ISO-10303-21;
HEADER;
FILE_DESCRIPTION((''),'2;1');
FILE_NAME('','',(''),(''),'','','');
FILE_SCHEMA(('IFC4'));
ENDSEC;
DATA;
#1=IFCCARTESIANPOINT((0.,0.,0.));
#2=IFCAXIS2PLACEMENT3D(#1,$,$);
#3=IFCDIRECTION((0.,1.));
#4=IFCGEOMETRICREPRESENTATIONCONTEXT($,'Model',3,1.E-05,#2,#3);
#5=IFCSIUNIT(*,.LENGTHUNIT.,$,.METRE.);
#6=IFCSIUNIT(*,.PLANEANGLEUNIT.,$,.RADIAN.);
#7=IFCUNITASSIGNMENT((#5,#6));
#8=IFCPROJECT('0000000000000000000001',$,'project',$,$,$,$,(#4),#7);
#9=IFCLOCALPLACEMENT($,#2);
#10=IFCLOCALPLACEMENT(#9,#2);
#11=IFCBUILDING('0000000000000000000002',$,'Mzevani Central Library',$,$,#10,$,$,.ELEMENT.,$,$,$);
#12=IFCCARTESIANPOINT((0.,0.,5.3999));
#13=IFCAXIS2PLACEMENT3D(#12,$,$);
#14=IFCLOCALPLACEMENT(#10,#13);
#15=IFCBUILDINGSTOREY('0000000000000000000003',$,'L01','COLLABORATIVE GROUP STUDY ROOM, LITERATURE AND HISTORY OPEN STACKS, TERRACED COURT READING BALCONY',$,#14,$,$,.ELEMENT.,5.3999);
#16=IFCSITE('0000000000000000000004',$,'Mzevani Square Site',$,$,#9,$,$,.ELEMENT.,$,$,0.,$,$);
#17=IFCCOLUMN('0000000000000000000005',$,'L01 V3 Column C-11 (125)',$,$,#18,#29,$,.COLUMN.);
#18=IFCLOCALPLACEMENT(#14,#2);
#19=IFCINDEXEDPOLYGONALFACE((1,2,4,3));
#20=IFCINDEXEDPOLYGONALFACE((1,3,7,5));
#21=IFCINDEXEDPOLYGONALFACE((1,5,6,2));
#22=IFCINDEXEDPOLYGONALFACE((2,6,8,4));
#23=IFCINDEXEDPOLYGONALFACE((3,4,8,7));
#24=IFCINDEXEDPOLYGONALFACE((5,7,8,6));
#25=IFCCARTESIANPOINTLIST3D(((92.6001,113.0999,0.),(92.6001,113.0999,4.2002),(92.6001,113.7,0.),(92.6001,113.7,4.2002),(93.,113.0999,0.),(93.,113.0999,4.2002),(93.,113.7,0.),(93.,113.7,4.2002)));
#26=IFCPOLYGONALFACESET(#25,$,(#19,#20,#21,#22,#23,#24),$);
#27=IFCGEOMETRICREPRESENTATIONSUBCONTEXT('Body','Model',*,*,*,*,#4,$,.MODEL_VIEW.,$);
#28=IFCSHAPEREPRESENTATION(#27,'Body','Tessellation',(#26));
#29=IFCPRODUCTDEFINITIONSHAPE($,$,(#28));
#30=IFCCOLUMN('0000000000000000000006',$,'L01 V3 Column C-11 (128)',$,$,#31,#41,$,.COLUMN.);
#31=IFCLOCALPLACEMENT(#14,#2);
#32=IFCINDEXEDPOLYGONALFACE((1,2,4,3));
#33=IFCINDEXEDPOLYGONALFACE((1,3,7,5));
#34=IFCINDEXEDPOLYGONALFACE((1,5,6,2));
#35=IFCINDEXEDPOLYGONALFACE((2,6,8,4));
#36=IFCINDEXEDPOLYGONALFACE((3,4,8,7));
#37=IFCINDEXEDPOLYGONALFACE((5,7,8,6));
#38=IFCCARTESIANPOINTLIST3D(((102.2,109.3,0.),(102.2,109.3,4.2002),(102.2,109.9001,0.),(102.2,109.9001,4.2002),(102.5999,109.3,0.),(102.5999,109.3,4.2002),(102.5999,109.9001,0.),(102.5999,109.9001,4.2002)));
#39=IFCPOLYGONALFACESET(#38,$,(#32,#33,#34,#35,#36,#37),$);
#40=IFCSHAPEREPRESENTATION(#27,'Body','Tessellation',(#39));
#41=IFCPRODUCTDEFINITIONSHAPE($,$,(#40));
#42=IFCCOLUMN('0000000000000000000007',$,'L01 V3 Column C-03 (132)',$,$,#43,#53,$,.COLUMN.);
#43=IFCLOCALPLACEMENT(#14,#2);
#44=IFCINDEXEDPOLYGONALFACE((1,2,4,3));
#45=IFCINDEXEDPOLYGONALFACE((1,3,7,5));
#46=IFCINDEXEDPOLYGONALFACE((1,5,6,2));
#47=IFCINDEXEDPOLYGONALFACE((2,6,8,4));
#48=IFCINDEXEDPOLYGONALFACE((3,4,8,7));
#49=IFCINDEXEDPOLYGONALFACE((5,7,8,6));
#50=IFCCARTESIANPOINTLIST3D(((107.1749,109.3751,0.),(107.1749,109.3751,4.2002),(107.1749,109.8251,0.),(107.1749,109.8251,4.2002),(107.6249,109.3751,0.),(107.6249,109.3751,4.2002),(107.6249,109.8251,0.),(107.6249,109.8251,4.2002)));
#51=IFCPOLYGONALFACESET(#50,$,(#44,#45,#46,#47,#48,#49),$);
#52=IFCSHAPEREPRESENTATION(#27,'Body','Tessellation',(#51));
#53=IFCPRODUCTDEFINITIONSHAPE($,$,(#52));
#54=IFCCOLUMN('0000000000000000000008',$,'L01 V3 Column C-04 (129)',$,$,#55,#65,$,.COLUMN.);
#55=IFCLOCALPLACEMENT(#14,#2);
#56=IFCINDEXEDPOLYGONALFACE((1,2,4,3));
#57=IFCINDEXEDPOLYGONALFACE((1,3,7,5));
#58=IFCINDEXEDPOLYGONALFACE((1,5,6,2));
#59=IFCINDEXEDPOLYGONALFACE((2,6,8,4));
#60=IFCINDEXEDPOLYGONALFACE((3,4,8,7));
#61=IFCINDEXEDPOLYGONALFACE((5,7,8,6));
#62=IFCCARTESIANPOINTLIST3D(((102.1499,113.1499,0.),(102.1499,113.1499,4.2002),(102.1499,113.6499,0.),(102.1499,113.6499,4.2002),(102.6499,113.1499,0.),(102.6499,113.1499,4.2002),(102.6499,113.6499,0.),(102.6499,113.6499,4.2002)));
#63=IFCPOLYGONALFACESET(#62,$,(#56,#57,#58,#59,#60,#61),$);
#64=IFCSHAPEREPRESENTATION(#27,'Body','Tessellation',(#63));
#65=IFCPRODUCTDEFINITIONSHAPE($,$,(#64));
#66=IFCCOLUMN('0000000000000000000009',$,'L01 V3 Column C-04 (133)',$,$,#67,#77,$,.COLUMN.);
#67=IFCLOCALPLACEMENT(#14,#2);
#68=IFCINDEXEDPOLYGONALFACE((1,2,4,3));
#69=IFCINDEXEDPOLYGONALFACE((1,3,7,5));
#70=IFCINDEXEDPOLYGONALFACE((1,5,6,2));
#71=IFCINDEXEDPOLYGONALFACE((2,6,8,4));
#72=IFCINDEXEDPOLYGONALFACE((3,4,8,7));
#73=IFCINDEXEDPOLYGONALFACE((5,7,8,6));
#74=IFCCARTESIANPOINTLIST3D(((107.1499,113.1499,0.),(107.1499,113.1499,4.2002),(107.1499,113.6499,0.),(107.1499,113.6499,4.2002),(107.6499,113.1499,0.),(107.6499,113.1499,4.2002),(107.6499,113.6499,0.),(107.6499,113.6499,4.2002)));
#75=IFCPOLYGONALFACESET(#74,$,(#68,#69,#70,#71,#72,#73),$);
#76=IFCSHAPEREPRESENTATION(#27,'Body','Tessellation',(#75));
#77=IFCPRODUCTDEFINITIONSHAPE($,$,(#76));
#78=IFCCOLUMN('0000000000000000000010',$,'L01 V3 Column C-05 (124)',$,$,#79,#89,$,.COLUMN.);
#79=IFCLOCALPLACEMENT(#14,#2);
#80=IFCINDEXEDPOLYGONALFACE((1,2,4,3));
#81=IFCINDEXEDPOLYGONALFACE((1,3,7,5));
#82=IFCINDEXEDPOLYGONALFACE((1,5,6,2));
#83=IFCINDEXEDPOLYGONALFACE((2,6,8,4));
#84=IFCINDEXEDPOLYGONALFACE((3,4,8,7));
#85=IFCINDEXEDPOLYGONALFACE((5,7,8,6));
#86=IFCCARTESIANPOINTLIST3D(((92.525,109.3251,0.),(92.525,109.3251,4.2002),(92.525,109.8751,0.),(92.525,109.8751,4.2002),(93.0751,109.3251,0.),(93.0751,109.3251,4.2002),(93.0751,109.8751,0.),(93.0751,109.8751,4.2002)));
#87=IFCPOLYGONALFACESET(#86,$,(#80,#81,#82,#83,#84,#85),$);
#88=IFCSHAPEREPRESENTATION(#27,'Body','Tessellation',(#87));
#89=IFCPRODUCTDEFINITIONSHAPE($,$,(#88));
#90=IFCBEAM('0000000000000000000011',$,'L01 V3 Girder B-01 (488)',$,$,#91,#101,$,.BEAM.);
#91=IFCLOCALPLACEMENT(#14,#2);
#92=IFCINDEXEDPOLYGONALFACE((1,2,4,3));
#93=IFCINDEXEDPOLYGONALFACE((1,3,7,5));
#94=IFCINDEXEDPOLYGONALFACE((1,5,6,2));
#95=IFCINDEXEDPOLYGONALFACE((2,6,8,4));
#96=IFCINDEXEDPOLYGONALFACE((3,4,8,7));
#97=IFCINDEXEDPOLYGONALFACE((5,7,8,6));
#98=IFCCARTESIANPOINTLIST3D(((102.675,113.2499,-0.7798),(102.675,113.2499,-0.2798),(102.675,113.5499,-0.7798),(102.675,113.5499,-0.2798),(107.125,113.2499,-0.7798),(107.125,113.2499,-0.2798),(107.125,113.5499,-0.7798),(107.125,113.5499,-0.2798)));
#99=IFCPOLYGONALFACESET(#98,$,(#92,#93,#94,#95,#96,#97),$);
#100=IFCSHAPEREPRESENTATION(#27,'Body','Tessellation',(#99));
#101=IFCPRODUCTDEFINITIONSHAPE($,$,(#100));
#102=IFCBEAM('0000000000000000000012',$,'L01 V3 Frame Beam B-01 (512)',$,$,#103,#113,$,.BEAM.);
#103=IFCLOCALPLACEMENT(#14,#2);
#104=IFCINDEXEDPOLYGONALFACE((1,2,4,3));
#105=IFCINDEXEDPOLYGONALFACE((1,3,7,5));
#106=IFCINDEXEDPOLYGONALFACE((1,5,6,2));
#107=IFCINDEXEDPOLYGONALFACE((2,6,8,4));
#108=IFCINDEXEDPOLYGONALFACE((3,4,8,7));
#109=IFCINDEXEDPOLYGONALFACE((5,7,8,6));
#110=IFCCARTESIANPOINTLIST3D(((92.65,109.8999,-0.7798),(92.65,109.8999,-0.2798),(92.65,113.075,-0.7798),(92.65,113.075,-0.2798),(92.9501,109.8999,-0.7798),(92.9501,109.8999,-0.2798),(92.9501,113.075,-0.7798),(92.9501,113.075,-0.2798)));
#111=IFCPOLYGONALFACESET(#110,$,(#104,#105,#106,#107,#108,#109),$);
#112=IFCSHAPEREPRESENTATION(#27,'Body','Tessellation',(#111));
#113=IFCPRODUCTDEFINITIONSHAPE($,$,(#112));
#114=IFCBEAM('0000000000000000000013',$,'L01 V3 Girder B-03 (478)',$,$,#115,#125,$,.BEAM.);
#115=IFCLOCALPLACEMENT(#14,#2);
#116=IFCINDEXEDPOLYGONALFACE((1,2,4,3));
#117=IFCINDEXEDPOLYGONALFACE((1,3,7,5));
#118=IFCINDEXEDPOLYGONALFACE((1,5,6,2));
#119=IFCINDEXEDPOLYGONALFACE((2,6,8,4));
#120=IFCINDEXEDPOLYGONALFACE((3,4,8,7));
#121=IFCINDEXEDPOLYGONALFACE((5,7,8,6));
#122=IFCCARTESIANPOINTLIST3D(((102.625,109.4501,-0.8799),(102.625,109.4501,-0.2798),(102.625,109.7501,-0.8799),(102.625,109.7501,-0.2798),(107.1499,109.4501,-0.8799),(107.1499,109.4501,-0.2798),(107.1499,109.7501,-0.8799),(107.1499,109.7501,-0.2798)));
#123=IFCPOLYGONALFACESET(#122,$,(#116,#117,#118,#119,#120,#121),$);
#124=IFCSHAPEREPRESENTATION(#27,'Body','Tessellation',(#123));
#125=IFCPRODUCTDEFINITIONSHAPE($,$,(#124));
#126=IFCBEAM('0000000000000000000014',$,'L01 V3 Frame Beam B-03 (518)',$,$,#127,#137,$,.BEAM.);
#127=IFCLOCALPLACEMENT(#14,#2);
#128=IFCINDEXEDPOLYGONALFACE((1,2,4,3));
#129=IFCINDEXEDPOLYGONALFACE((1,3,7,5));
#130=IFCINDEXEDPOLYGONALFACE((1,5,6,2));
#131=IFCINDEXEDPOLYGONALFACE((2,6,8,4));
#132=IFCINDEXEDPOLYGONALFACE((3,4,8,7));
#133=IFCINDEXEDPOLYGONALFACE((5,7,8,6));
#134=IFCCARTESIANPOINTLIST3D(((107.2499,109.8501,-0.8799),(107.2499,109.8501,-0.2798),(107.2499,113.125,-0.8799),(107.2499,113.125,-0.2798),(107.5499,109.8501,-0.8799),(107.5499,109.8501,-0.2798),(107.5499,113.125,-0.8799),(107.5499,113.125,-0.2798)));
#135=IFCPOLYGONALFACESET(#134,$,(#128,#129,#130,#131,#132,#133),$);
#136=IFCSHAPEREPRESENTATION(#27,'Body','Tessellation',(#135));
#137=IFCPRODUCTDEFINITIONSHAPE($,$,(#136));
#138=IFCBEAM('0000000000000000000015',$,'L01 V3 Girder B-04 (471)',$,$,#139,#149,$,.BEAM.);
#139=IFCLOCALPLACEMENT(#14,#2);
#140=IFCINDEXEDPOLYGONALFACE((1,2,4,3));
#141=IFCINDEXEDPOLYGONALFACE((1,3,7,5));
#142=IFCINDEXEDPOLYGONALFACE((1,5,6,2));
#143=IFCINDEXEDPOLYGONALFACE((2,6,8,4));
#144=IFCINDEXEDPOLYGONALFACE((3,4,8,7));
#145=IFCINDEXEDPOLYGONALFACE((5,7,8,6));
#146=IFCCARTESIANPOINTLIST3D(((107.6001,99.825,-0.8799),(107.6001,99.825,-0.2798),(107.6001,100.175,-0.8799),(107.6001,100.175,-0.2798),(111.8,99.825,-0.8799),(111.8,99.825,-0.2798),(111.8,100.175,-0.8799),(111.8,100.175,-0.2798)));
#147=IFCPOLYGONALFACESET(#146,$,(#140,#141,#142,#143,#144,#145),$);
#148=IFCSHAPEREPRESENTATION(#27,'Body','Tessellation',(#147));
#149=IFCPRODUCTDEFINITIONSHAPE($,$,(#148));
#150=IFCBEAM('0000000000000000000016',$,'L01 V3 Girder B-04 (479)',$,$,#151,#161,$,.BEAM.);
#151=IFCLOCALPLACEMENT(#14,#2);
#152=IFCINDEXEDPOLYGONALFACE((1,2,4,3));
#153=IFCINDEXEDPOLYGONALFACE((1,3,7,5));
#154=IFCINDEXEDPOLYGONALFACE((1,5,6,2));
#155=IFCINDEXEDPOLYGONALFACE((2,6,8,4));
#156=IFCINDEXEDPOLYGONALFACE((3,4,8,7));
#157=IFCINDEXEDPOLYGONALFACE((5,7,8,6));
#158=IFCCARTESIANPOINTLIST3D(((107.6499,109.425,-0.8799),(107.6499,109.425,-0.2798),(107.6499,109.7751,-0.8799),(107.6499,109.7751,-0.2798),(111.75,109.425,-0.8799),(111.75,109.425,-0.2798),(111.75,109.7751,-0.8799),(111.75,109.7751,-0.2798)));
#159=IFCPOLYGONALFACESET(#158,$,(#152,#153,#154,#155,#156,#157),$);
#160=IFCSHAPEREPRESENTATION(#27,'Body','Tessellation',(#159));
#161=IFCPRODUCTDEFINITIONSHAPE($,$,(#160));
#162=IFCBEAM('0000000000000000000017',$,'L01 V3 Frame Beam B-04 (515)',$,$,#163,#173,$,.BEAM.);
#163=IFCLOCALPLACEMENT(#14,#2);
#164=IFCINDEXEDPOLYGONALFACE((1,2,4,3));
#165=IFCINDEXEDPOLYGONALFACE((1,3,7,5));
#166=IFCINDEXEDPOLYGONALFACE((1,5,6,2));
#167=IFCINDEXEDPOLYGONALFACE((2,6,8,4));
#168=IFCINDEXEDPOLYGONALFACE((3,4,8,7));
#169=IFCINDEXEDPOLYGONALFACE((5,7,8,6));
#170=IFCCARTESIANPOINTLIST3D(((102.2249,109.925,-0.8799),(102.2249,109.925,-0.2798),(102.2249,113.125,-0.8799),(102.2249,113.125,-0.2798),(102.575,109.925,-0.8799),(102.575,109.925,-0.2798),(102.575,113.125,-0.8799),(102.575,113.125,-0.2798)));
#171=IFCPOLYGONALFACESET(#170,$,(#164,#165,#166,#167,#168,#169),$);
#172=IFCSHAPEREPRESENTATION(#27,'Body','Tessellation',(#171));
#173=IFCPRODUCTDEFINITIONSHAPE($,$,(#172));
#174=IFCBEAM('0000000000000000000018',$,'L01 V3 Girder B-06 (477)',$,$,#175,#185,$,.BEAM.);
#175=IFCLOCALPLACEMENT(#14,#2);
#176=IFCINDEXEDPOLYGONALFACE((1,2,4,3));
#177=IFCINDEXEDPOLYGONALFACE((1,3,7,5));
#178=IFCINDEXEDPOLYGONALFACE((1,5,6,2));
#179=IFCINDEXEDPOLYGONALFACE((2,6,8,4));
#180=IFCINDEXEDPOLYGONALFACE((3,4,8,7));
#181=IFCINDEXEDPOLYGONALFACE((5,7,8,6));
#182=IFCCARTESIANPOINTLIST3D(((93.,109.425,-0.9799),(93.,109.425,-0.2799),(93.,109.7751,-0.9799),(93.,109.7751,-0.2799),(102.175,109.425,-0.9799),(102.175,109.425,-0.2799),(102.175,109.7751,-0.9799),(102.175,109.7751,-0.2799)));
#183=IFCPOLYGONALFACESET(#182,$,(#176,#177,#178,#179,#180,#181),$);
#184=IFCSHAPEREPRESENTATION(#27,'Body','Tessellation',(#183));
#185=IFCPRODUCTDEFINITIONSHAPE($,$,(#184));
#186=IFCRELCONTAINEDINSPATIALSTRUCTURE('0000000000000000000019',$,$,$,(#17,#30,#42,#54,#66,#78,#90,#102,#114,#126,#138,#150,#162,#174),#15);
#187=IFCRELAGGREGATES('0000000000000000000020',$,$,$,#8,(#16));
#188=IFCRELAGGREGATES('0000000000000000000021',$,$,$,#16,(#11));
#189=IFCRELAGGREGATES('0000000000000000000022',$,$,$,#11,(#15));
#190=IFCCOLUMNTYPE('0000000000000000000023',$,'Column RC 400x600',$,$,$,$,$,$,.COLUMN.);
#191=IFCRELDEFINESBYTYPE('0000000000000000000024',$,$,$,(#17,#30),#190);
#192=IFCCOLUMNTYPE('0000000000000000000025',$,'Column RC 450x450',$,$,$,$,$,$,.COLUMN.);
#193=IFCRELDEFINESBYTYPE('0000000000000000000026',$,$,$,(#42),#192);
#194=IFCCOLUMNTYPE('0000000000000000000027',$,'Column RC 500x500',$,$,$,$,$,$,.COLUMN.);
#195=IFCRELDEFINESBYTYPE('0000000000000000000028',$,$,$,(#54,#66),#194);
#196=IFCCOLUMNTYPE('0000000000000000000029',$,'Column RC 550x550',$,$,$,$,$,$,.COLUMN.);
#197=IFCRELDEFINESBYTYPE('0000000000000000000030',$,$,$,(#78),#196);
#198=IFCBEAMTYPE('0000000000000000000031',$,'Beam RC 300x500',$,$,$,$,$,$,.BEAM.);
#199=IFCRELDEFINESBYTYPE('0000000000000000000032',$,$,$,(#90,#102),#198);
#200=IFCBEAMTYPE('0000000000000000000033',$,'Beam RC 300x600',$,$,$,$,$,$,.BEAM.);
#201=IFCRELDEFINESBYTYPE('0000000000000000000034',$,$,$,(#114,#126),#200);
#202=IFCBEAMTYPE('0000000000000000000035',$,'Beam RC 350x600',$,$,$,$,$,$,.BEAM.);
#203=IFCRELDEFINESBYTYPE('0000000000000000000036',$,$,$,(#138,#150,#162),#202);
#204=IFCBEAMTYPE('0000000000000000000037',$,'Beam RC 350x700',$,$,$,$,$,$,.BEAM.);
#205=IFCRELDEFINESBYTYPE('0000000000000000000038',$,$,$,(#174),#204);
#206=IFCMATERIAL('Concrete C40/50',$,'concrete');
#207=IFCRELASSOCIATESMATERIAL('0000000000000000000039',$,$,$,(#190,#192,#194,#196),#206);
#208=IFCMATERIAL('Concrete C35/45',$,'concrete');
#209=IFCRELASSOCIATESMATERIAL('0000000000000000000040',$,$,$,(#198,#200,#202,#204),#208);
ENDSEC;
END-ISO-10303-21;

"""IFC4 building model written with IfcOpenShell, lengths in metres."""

from ifc_helpers import new_model, si_unit, direction, frame, origin, origin_2d, place, context, subcontext, project, spatial, rectangle, extrude, material, material_profile, profile_set, type_object, element, save


model = new_model("IFC4")

# Units and contexts
model_context = context("Model", 3, precision=1e-05, world=origin(), true_north=direction((0.0, 1.0)))
body_context = subcontext(model_context, "Body", "Model", "MODEL_VIEW")
ifc_project = project(units=[si_unit("LENGTHUNIT", "METRE"), si_unit("PLANEANGLEUNIT", "RADIAN")], contexts=[model_context])

# Site, building, storey
site_placement = place(None, origin())
site = spatial("IfcSite", under=ifc_project, at=site_placement, Name="Mzevani Square Site", CompositionType="ELEMENT", RefElevation=0.0)
building_placement = place(site_placement, origin())
building = spatial("IfcBuilding", under=site, at=building_placement, Name="Mzevani Central Library", CompositionType="ELEMENT")
storey_placement = place(building_placement, frame((0.0, 0.0, 5.3999)))
storey = spatial("IfcBuildingStorey", under=building, at=storey_placement, Name="L01", Description="COLLABORATIVE GROUP STUDY ROOM, LITERATURE AND HISTORY OPEN STACKS, TERRACED COURT READING BALCONY", CompositionType="ELEMENT", Elevation=5.3999)

# Columns
ifc_material_1 = material(Name="Concrete C40/50", Category="concrete")
ifc_material_profile_1 = material_profile(ifc_material_1, rectangle(XDim=0.3999, YDim=0.6001, at=origin_2d()), Name="RC 400x600")
ifc_profile_set_1 = profile_set([ifc_material_profile_1], Name="Concrete C40/50")
column_type_1 = type_object("IfcColumnType", Name="Column RC 400x600", PredefinedType="COLUMN", material=ifc_profile_set_1)
for number, where, z_axis, x_axis, name in (
    (1, (92.8, 113.3999, 0.0), (0.0, 0.0, 1.0), (1.0, 0.0, 0.0), "L01 V3 Column C-11 (125)"),
    (2, (102.3999, 109.6001, 0.0), (0.0, 0.0, 1.0), (1.0, 0.0, 0.0), "L01 V3 Column C-11 (128)"),
):
    element("IfcColumn", number, at=place(storey_placement, frame(where, z_axis=z_axis, x_axis=x_axis)), inside=storey, type_object=column_type_1, Name=name, PredefinedType="COLUMN", context=body_context, shape_type="SweptSolid", body=[
        extrude(rectangle(XDim=0.3999, YDim=0.6001, at=origin_2d()), origin(), (0.0, 0.0, 1.0), 4.2002),
    ])
ifc_material_profile_2 = material_profile(ifc_material_1, rectangle(XDim=0.45, YDim=0.45, at=origin_2d()), Name="RC 450x450")
ifc_profile_set_2 = profile_set([ifc_material_profile_2], Name="Concrete C40/50")
column_type_2 = type_object("IfcColumnType", Name="Column RC 450x450", PredefinedType="COLUMN", material=ifc_profile_set_2)
column_1_placement = place(storey_placement, frame((107.3999, 109.6001, 0.0), z_axis=(0.0, 0.0, 1.0), x_axis=(1.0, 0.0, 0.0)))
element("IfcColumn", 3, at=column_1_placement, inside=storey, type_object=column_type_2, Name="L01 V3 Column C-03 (132)", PredefinedType="COLUMN", context=body_context, shape_type="SweptSolid", body=[
    extrude(rectangle(XDim=0.45, YDim=0.45, at=origin_2d()), origin(), (0.0, 0.0, 1.0), 4.2002),
])
ifc_material_profile_3 = material_profile(ifc_material_1, rectangle(XDim=0.5, YDim=0.5, at=origin_2d()), Name="RC 500x500")
ifc_profile_set_3 = profile_set([ifc_material_profile_3], Name="Concrete C40/50")
column_type_3 = type_object("IfcColumnType", Name="Column RC 500x500", PredefinedType="COLUMN", material=ifc_profile_set_3)
for number, where, z_axis, x_axis, name in (
    (4, (102.3999, 113.3999, 0.0), (0.0, 0.0, 1.0), (1.0, 0.0, 0.0), "L01 V3 Column C-04 (129)"),
    (5, (107.3999, 113.3999, 0.0), (0.0, 0.0, 1.0), (1.0, 0.0, 0.0), "L01 V3 Column C-04 (133)"),
):
    element("IfcColumn", number, at=place(storey_placement, frame(where, z_axis=z_axis, x_axis=x_axis)), inside=storey, type_object=column_type_3, Name=name, PredefinedType="COLUMN", context=body_context, shape_type="SweptSolid", body=[
        extrude(rectangle(XDim=0.5, YDim=0.5, at=origin_2d()), origin(), (0.0, 0.0, 1.0), 4.2002),
    ])
ifc_material_profile_4 = material_profile(ifc_material_1, rectangle(XDim=0.55, YDim=0.55, at=origin_2d()), Name="RC 550x550")
ifc_profile_set_4 = profile_set([ifc_material_profile_4], Name="Concrete C40/50")
column_type_4 = type_object("IfcColumnType", Name="Column RC 550x550", PredefinedType="COLUMN", material=ifc_profile_set_4)
column_2_placement = place(storey_placement, frame((92.8, 109.6001, 0.0), z_axis=(0.0, 0.0, 1.0), x_axis=(1.0, 0.0, 0.0)))
element("IfcColumn", 6, at=column_2_placement, inside=storey, type_object=column_type_4, Name="L01 V3 Column C-05 (124)", PredefinedType="COLUMN", context=body_context, shape_type="SweptSolid", body=[
    extrude(rectangle(XDim=0.55, YDim=0.55, at=origin_2d()), origin(), (0.0, 0.0, 1.0), 4.2002),
])

# Beams
ifc_material_2 = material(Name="Concrete C35/45", Category="concrete")
ifc_material_profile_5 = material_profile(ifc_material_2, rectangle(XDim=0.3, YDim=0.5, at=origin_2d()), Name="RC B300x500")
ifc_profile_set_5 = profile_set([ifc_material_profile_5], Name="Concrete C35/45")
beam_type_1 = type_object("IfcBeamType", Name="Beam RC 300x500", PredefinedType="BEAM", material=ifc_profile_set_5)
beam_1_placement = place(storey_placement, frame((102.675, 113.3999, -0.5298), z_axis=(1.0, 0.0, 0.0), x_axis=(0.0, 1.0, 0.0)))
element("IfcBeam", 7, at=beam_1_placement, inside=storey, type_object=beam_type_1, Name="L01 V3 Girder B-01 (488)", PredefinedType="BEAM", context=body_context, shape_type="SweptSolid", body=[
    extrude(rectangle(XDim=0.3, YDim=0.5, at=origin_2d()), origin(), (0.0, 0.0, 1.0), 4.45),
])
beam_2_placement = place(storey_placement, frame((92.8, 109.8999, -0.5298), z_axis=(0.0, 1.0, 0.0), x_axis=(-1.0, 0.0, 0.0)))
element("IfcBeam", 8, at=beam_2_placement, inside=storey, type_object=beam_type_1, Name="L01 V3 Frame Beam B-01 (512)", PredefinedType="BEAM", context=body_context, shape_type="SweptSolid", body=[
    extrude(rectangle(XDim=0.3, YDim=0.5, at=origin_2d()), origin(), (0.0, 0.0, 1.0), 3.175),
])
ifc_material_profile_6 = material_profile(ifc_material_2, rectangle(XDim=0.3, YDim=0.6001, at=origin_2d()), Name="RC B300x600")
ifc_profile_set_6 = profile_set([ifc_material_profile_6], Name="Concrete C35/45")
beam_type_2 = type_object("IfcBeamType", Name="Beam RC 300x600", PredefinedType="BEAM", material=ifc_profile_set_6)
beam_3_placement = place(storey_placement, frame((102.625, 109.6001, -0.5798), z_axis=(1.0, 0.0, 0.0), x_axis=(0.0, 1.0, 0.0)))
element("IfcBeam", 9, at=beam_3_placement, inside=storey, type_object=beam_type_2, Name="L01 V3 Girder B-03 (478)", PredefinedType="BEAM", context=body_context, shape_type="SweptSolid", body=[
    extrude(rectangle(XDim=0.3, YDim=0.6001, at=origin_2d()), origin(), (0.0, 0.0, 1.0), 4.5249),
])
beam_4_placement = place(storey_placement, frame((107.3999, 109.8501, -0.5798), z_axis=(0.0, 1.0, 0.0), x_axis=(-1.0, 0.0, 0.0)))
element("IfcBeam", 10, at=beam_4_placement, inside=storey, type_object=beam_type_2, Name="L01 V3 Frame Beam B-03 (518)", PredefinedType="BEAM", context=body_context, shape_type="SweptSolid", body=[
    extrude(rectangle(XDim=0.3, YDim=0.6001, at=origin_2d()), origin(), (0.0, 0.0, 1.0), 3.2749),
])
ifc_material_profile_7 = material_profile(ifc_material_2, rectangle(XDim=0.3501, YDim=0.6001, at=origin_2d()), Name="RC B350x600")
ifc_profile_set_7 = profile_set([ifc_material_profile_7], Name="Concrete C35/45")
beam_type_3 = type_object("IfcBeamType", Name="Beam RC 350x600", PredefinedType="BEAM", material=ifc_profile_set_7)
beam_5_placement = place(storey_placement, frame((107.6001, 100.0, -0.5798), z_axis=(1.0, 0.0, 0.0), x_axis=(0.0, 1.0, 0.0)))
element("IfcBeam", 11, at=beam_5_placement, inside=storey, type_object=beam_type_3, Name="L01 V3 Girder B-04 (471)", PredefinedType="BEAM", context=body_context, shape_type="SweptSolid", body=[
    extrude(rectangle(XDim=0.3501, YDim=0.6001, at=origin_2d()), origin(), (0.0, 0.0, 1.0), 4.2),
])
beam_6_placement = place(storey_placement, frame((107.6499, 109.6001, -0.5798), z_axis=(1.0, 0.0, 0.0), x_axis=(0.0, 1.0, 0.0)))
element("IfcBeam", 12, at=beam_6_placement, inside=storey, type_object=beam_type_3, Name="L01 V3 Girder B-04 (479)", PredefinedType="BEAM", context=body_context, shape_type="SweptSolid", body=[
    extrude(rectangle(XDim=0.3501, YDim=0.6001, at=origin_2d()), origin(), (0.0, 0.0, 1.0), 4.1001),
])
beam_7_placement = place(storey_placement, frame((102.3999, 109.925, -0.5798), z_axis=(0.0, 1.0, 0.0), x_axis=(-1.0, 0.0, 0.0)))
element("IfcBeam", 13, at=beam_7_placement, inside=storey, type_object=beam_type_3, Name="L01 V3 Frame Beam B-04 (515)", PredefinedType="BEAM", context=body_context, shape_type="SweptSolid", body=[
    extrude(rectangle(XDim=0.3501, YDim=0.6001, at=origin_2d()), origin(), (0.0, 0.0, 1.0), 3.2),
])
ifc_material_profile_8 = material_profile(ifc_material_2, rectangle(XDim=0.3501, YDim=0.7, at=origin_2d()), Name="RC B350x700")
ifc_profile_set_8 = profile_set([ifc_material_profile_8], Name="Concrete C35/45")
beam_type_4 = type_object("IfcBeamType", Name="Beam RC 350x700", PredefinedType="BEAM", material=ifc_profile_set_8)
beam_8_placement = place(storey_placement, frame((93.0, 109.6001, -0.6299), z_axis=(1.0, 0.0, 0.0), x_axis=(0.0, 1.0, 0.0)))
element("IfcBeam", 14, at=beam_8_placement, inside=storey, type_object=beam_type_4, Name="L01 V3 Girder B-06 (477)", PredefinedType="BEAM", context=body_context, shape_type="SweptSolid", body=[
    extrude(rectangle(XDim=0.3501, YDim=0.7, at=origin_2d()), origin(), (0.0, 0.0, 1.0), 9.175),
])

save(model, "model.ifc")
